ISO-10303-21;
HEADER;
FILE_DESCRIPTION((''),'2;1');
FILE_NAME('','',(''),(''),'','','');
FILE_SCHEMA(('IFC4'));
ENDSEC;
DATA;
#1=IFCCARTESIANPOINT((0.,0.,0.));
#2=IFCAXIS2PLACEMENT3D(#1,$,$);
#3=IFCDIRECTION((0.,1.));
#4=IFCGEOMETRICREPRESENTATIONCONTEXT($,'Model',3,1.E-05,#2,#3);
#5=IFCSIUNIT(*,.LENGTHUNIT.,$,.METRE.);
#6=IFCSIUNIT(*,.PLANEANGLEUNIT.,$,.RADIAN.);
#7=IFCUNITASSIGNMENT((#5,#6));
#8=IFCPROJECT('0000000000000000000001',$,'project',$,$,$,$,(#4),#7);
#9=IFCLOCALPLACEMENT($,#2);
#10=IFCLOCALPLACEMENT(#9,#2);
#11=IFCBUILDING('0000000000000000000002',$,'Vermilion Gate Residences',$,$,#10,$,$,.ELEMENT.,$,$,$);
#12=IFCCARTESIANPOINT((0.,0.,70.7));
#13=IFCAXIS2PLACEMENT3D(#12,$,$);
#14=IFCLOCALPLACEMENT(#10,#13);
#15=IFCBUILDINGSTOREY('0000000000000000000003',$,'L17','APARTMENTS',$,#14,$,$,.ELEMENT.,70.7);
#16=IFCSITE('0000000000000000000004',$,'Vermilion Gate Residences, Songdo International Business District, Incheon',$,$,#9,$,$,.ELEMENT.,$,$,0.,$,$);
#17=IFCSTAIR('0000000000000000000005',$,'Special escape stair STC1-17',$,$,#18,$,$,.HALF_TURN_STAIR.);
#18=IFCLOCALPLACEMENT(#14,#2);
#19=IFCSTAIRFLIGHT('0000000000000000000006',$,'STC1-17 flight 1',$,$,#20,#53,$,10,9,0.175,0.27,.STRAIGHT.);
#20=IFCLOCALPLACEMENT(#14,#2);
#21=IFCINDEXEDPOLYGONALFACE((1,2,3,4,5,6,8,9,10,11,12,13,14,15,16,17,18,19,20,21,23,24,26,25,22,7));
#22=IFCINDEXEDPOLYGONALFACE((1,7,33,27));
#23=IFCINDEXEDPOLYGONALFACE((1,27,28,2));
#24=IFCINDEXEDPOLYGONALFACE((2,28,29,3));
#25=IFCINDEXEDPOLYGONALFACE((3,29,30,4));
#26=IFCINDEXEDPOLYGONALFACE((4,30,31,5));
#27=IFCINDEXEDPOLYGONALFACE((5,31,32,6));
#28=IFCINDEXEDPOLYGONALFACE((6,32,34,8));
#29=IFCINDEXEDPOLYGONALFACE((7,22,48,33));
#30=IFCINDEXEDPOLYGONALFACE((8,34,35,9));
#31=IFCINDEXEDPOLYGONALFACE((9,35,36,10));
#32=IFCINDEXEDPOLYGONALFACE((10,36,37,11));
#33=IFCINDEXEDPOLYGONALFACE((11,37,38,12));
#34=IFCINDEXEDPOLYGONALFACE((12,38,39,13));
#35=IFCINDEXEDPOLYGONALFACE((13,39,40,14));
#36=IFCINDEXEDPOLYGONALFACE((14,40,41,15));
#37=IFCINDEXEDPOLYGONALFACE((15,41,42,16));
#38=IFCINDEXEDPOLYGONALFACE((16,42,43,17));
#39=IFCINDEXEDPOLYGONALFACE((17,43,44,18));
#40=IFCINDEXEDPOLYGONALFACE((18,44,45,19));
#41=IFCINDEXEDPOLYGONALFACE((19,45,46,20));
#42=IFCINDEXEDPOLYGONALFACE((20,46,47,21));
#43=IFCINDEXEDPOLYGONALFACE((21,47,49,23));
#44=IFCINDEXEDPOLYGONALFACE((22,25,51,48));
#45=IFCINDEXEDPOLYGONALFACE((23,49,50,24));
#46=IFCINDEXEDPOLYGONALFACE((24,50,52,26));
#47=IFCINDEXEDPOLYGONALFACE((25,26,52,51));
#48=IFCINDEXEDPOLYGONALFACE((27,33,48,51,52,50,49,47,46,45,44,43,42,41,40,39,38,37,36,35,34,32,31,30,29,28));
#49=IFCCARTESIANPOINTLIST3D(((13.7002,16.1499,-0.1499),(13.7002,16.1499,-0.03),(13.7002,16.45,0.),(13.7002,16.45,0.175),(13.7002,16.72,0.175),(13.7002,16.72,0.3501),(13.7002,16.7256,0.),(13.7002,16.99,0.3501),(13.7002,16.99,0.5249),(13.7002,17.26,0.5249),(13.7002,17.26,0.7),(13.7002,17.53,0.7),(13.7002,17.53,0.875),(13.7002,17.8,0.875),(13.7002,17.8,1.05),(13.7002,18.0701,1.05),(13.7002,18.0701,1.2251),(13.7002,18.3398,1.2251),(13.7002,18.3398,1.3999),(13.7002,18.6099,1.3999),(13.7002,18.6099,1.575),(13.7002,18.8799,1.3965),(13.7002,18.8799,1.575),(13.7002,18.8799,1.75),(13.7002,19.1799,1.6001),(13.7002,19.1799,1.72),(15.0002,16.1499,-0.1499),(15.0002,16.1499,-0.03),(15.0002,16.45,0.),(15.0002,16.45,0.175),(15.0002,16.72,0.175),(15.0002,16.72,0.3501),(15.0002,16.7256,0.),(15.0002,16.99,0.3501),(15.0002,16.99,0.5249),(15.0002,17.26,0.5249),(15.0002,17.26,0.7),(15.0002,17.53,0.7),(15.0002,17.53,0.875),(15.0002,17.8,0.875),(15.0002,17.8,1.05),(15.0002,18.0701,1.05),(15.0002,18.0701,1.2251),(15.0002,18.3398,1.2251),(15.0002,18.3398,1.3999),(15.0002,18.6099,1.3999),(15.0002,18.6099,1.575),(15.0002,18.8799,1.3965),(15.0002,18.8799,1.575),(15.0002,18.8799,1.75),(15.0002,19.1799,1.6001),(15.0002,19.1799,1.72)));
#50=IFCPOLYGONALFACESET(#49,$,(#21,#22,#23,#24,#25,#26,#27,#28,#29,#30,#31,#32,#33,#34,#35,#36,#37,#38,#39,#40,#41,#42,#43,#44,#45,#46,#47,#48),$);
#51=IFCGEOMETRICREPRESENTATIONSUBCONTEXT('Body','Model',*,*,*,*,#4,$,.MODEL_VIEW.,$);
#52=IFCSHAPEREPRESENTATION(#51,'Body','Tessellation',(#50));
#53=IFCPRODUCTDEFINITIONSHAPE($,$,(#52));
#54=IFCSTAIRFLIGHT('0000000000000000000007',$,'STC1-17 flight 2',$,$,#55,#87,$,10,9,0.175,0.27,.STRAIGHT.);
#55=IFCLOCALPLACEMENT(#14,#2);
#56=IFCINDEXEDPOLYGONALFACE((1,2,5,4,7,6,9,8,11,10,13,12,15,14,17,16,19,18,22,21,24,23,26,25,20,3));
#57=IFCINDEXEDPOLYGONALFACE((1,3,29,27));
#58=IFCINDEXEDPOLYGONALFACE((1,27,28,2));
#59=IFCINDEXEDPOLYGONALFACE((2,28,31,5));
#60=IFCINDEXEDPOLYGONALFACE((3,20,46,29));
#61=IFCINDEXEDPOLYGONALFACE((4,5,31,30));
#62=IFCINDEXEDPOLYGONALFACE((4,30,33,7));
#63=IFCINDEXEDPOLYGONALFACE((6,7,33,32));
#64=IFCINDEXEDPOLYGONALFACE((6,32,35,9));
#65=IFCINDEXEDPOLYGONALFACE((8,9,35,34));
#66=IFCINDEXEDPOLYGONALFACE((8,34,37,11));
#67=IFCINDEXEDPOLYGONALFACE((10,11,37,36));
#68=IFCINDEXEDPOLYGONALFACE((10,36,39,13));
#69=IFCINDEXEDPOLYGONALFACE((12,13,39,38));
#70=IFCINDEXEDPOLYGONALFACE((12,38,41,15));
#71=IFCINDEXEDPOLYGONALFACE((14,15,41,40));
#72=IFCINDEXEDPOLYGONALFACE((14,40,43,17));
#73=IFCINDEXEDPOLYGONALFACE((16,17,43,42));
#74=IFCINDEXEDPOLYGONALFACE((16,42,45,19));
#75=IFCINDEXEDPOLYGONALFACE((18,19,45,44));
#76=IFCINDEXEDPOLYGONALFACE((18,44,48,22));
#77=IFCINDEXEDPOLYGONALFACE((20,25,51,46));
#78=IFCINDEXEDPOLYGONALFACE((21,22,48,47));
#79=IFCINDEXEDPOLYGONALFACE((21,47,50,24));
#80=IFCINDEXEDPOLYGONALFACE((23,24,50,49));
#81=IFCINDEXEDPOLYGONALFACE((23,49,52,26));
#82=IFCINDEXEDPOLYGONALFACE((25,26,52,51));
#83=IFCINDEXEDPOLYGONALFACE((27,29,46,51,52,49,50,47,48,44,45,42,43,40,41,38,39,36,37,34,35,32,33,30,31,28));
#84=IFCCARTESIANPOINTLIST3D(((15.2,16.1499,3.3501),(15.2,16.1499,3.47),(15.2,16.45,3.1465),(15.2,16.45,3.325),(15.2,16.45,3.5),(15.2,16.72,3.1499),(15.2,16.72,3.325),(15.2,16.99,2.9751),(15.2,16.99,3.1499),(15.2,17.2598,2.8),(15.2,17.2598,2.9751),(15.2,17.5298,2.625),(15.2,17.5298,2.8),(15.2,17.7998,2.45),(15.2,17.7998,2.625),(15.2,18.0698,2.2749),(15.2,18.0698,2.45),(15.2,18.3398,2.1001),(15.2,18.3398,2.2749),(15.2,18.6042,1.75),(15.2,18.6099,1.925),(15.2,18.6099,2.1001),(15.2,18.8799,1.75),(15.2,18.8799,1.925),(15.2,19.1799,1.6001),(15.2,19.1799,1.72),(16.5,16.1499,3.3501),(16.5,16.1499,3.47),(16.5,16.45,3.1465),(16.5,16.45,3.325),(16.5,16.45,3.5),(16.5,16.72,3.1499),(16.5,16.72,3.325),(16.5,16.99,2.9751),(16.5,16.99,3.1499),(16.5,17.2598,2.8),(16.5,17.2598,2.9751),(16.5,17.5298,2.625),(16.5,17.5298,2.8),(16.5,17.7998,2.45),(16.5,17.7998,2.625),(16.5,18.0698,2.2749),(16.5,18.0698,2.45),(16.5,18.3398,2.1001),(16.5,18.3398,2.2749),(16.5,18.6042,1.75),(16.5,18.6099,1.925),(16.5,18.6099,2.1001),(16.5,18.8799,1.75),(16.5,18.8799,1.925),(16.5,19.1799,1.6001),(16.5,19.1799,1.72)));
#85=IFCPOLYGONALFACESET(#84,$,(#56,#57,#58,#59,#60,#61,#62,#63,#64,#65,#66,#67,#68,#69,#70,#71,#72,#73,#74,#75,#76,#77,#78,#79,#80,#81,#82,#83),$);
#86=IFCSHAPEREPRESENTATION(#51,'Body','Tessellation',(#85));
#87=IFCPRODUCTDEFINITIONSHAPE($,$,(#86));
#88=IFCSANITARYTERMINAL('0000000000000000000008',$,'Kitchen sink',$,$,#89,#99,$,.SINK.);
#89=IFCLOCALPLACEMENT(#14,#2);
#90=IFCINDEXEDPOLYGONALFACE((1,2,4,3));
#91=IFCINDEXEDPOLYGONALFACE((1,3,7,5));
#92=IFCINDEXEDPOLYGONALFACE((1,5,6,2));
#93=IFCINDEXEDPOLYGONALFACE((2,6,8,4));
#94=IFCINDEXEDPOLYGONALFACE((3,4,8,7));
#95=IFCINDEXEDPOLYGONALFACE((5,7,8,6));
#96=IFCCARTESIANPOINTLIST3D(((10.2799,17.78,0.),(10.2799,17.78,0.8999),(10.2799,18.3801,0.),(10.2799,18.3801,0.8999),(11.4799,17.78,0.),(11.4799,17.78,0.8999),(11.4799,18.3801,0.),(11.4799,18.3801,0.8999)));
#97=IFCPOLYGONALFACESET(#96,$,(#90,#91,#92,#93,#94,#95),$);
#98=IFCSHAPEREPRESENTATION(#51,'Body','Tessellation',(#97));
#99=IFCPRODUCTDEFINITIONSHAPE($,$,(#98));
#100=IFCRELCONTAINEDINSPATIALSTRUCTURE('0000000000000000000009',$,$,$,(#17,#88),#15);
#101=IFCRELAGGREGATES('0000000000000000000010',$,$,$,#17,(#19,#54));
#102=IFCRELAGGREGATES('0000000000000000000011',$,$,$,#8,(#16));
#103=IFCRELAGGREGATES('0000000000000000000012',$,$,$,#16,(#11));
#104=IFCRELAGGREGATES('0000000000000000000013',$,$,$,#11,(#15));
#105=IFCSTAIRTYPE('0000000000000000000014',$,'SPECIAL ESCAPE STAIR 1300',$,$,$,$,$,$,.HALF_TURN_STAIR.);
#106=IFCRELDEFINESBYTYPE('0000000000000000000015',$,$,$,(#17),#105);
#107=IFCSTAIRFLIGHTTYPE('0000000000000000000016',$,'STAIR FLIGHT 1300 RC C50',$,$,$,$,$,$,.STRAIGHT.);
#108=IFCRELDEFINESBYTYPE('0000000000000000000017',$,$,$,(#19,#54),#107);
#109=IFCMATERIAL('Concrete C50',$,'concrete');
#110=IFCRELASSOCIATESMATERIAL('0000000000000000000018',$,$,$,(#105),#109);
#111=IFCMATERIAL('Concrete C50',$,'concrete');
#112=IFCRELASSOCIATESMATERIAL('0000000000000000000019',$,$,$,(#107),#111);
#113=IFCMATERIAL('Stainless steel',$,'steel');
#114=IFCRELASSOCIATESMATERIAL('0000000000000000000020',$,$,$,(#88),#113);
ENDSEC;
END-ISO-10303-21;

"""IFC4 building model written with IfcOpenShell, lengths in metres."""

from ifc_helpers import new_model, si_unit, direction, frame, origin, origin_2d, place, context, subcontext, project, spatial, polyline, rectangle, outline, extrude, material, type_object, element, aggregate, save


model = new_model("IFC4")

# Units and contexts
model_context = context("Model", 3, precision=1e-05, world=origin(), true_north=direction((0.0, 1.0)))
body_context = subcontext(model_context, "Body", "Model", "MODEL_VIEW")
ifc_project = project(units=[si_unit("LENGTHUNIT", "METRE"), si_unit("PLANEANGLEUNIT", "RADIAN")], contexts=[model_context])

# Site, building, storey
site_placement = place(None, origin())
site = spatial("IfcSite", under=ifc_project, at=site_placement, Name="Vermilion Gate Residences, Songdo International Business District, Incheon", CompositionType="ELEMENT", RefElevation=0.0)
building_placement = place(site_placement, origin())
building = spatial("IfcBuilding", under=site, at=building_placement, Name="Vermilion Gate Residences", CompositionType="ELEMENT")
storey_placement = place(building_placement, frame((0.0, 0.0, 70.7)))
storey = spatial("IfcBuildingStorey", under=building, at=storey_placement, Name="L17", Description="APARTMENTS", CompositionType="ELEMENT", Elevation=70.7)

# Stair, stair flights
ifc_material_1 = material(Name="Concrete C50", Category="concrete")
stair_type = type_object("IfcStairType", Name="SPECIAL ESCAPE STAIR 1300", PredefinedType="HALF_TURN_STAIR", material=ifc_material_1)
stair_placement = place(storey_placement, origin())
stair = element("IfcStair", 1, at=stair_placement, inside=storey, type_object=stair_type, Name="Special escape stair STC1-17", PredefinedType="HALF_TURN_STAIR")
ifc_material_2 = material(Name="Concrete C50", Category="concrete")
stair_flight_type = type_object("IfcStairFlightType", Name="STAIR FLIGHT 1300 RC C50", PredefinedType="STRAIGHT", material=ifc_material_2)
stair_flight_1_placement = place(storey_placement, frame((14.3501, 16.45, 0.0), z_axis=(0.0, 0.0, 1.0), x_axis=(0.0, 1.0, 0.0)))
stair_flight_1 = element("IfcStairFlight", 2, at=stair_flight_1_placement, type_object=stair_flight_type, Name="STC1-17 flight 1", NumberOfRisers=10, NumberOfTreads=9, PredefinedType="STRAIGHT", RiserHeight=0.175, TreadLength=0.27, context=body_context, shape_type="SweptSolid", body=[
    extrude(outline(polyline([(-0.3, -0.1499), (-0.3, -0.03), (0.0, 0.0), (0.0, 0.175), (0.27, 0.175), (0.27, 0.3501), (0.54, 0.3501), (0.54, 0.5249), (0.8101, 0.5249), (0.8101, 0.7), (1.0801, 0.7), (1.0801, 0.875), (1.3501, 0.875), (1.3501, 1.05), (1.6201, 1.05), (1.6201, 1.2251), (1.8899, 1.2251), (1.8899, 1.3999), (2.1599, 1.3999), (2.1599, 1.575), (2.4299, 1.575), (2.4299, 1.75), (2.73, 1.72), (2.73, 1.6001), (2.4299, 1.3965), (0.2756, 0.0), (-0.3, -0.1499)])), frame((0.0, 0.6499, 0.0), z_axis=(0.0, -1.0, 0.0), x_axis=(1.0, 0.0, 0.0)), (0.0, 0.0, 1.0), 1.3),
])
stair_flight_2_placement = place(storey_placement, frame((15.8501, 18.8799, 1.75), z_axis=(0.0, 0.0, 1.0), x_axis=(0.0, -1.0, 0.0)))
stair_flight_2 = element("IfcStairFlight", 3, at=stair_flight_2_placement, type_object=stair_flight_type, Name="STC1-17 flight 2", NumberOfRisers=10, NumberOfTreads=9, PredefinedType="STRAIGHT", RiserHeight=0.175, TreadLength=0.27, context=body_context, shape_type="SweptSolid", body=[
    extrude(outline(polyline([(-0.3, -0.1499), (-0.3, -0.03), (0.0, 0.0), (0.0, 0.175), (0.27, 0.175), (0.27, 0.3501), (0.54, 0.3501), (0.54, 0.5249), (0.8101, 0.5249), (0.8101, 0.7), (1.0801, 0.7), (1.0801, 0.875), (1.3501, 0.875), (1.3501, 1.05), (1.6201, 1.05), (1.6201, 1.2251), (1.8899, 1.2251), (1.8899, 1.3999), (2.1599, 1.3999), (2.1599, 1.575), (2.4299, 1.575), (2.4299, 1.75), (2.73, 1.72), (2.73, 1.6001), (2.4299, 1.3965), (0.2756, 0.0), (-0.3, -0.1499)])), frame((0.0, 0.6499, 0.0), z_axis=(0.0, -1.0, 0.0), x_axis=(1.0, 0.0, 0.0)), (0.0, 0.0, 1.0), 1.3),
])
aggregate(stair, [stair_flight_1, stair_flight_2])

# Sanitary terminal
ifc_material_3 = material(Name="Stainless steel", Category="steel")
sanitary_terminal_placement = place(storey_placement, frame((10.8799, 18.0801, 0.0), z_axis=(0.0, 0.0, 1.0), x_axis=(1.0, 0.0, 0.0)))
element("IfcSanitaryTerminal", 4, at=sanitary_terminal_placement, inside=storey, material=ifc_material_3, Name="Kitchen sink", PredefinedType="SINK", context=body_context, shape_type="SweptSolid", body=[
    extrude(rectangle(XDim=1.2, YDim=0.6001, at=origin_2d()), origin(), (0.0, 0.0, 1.0), 0.8999),
])

save(model, "model.ifc")
